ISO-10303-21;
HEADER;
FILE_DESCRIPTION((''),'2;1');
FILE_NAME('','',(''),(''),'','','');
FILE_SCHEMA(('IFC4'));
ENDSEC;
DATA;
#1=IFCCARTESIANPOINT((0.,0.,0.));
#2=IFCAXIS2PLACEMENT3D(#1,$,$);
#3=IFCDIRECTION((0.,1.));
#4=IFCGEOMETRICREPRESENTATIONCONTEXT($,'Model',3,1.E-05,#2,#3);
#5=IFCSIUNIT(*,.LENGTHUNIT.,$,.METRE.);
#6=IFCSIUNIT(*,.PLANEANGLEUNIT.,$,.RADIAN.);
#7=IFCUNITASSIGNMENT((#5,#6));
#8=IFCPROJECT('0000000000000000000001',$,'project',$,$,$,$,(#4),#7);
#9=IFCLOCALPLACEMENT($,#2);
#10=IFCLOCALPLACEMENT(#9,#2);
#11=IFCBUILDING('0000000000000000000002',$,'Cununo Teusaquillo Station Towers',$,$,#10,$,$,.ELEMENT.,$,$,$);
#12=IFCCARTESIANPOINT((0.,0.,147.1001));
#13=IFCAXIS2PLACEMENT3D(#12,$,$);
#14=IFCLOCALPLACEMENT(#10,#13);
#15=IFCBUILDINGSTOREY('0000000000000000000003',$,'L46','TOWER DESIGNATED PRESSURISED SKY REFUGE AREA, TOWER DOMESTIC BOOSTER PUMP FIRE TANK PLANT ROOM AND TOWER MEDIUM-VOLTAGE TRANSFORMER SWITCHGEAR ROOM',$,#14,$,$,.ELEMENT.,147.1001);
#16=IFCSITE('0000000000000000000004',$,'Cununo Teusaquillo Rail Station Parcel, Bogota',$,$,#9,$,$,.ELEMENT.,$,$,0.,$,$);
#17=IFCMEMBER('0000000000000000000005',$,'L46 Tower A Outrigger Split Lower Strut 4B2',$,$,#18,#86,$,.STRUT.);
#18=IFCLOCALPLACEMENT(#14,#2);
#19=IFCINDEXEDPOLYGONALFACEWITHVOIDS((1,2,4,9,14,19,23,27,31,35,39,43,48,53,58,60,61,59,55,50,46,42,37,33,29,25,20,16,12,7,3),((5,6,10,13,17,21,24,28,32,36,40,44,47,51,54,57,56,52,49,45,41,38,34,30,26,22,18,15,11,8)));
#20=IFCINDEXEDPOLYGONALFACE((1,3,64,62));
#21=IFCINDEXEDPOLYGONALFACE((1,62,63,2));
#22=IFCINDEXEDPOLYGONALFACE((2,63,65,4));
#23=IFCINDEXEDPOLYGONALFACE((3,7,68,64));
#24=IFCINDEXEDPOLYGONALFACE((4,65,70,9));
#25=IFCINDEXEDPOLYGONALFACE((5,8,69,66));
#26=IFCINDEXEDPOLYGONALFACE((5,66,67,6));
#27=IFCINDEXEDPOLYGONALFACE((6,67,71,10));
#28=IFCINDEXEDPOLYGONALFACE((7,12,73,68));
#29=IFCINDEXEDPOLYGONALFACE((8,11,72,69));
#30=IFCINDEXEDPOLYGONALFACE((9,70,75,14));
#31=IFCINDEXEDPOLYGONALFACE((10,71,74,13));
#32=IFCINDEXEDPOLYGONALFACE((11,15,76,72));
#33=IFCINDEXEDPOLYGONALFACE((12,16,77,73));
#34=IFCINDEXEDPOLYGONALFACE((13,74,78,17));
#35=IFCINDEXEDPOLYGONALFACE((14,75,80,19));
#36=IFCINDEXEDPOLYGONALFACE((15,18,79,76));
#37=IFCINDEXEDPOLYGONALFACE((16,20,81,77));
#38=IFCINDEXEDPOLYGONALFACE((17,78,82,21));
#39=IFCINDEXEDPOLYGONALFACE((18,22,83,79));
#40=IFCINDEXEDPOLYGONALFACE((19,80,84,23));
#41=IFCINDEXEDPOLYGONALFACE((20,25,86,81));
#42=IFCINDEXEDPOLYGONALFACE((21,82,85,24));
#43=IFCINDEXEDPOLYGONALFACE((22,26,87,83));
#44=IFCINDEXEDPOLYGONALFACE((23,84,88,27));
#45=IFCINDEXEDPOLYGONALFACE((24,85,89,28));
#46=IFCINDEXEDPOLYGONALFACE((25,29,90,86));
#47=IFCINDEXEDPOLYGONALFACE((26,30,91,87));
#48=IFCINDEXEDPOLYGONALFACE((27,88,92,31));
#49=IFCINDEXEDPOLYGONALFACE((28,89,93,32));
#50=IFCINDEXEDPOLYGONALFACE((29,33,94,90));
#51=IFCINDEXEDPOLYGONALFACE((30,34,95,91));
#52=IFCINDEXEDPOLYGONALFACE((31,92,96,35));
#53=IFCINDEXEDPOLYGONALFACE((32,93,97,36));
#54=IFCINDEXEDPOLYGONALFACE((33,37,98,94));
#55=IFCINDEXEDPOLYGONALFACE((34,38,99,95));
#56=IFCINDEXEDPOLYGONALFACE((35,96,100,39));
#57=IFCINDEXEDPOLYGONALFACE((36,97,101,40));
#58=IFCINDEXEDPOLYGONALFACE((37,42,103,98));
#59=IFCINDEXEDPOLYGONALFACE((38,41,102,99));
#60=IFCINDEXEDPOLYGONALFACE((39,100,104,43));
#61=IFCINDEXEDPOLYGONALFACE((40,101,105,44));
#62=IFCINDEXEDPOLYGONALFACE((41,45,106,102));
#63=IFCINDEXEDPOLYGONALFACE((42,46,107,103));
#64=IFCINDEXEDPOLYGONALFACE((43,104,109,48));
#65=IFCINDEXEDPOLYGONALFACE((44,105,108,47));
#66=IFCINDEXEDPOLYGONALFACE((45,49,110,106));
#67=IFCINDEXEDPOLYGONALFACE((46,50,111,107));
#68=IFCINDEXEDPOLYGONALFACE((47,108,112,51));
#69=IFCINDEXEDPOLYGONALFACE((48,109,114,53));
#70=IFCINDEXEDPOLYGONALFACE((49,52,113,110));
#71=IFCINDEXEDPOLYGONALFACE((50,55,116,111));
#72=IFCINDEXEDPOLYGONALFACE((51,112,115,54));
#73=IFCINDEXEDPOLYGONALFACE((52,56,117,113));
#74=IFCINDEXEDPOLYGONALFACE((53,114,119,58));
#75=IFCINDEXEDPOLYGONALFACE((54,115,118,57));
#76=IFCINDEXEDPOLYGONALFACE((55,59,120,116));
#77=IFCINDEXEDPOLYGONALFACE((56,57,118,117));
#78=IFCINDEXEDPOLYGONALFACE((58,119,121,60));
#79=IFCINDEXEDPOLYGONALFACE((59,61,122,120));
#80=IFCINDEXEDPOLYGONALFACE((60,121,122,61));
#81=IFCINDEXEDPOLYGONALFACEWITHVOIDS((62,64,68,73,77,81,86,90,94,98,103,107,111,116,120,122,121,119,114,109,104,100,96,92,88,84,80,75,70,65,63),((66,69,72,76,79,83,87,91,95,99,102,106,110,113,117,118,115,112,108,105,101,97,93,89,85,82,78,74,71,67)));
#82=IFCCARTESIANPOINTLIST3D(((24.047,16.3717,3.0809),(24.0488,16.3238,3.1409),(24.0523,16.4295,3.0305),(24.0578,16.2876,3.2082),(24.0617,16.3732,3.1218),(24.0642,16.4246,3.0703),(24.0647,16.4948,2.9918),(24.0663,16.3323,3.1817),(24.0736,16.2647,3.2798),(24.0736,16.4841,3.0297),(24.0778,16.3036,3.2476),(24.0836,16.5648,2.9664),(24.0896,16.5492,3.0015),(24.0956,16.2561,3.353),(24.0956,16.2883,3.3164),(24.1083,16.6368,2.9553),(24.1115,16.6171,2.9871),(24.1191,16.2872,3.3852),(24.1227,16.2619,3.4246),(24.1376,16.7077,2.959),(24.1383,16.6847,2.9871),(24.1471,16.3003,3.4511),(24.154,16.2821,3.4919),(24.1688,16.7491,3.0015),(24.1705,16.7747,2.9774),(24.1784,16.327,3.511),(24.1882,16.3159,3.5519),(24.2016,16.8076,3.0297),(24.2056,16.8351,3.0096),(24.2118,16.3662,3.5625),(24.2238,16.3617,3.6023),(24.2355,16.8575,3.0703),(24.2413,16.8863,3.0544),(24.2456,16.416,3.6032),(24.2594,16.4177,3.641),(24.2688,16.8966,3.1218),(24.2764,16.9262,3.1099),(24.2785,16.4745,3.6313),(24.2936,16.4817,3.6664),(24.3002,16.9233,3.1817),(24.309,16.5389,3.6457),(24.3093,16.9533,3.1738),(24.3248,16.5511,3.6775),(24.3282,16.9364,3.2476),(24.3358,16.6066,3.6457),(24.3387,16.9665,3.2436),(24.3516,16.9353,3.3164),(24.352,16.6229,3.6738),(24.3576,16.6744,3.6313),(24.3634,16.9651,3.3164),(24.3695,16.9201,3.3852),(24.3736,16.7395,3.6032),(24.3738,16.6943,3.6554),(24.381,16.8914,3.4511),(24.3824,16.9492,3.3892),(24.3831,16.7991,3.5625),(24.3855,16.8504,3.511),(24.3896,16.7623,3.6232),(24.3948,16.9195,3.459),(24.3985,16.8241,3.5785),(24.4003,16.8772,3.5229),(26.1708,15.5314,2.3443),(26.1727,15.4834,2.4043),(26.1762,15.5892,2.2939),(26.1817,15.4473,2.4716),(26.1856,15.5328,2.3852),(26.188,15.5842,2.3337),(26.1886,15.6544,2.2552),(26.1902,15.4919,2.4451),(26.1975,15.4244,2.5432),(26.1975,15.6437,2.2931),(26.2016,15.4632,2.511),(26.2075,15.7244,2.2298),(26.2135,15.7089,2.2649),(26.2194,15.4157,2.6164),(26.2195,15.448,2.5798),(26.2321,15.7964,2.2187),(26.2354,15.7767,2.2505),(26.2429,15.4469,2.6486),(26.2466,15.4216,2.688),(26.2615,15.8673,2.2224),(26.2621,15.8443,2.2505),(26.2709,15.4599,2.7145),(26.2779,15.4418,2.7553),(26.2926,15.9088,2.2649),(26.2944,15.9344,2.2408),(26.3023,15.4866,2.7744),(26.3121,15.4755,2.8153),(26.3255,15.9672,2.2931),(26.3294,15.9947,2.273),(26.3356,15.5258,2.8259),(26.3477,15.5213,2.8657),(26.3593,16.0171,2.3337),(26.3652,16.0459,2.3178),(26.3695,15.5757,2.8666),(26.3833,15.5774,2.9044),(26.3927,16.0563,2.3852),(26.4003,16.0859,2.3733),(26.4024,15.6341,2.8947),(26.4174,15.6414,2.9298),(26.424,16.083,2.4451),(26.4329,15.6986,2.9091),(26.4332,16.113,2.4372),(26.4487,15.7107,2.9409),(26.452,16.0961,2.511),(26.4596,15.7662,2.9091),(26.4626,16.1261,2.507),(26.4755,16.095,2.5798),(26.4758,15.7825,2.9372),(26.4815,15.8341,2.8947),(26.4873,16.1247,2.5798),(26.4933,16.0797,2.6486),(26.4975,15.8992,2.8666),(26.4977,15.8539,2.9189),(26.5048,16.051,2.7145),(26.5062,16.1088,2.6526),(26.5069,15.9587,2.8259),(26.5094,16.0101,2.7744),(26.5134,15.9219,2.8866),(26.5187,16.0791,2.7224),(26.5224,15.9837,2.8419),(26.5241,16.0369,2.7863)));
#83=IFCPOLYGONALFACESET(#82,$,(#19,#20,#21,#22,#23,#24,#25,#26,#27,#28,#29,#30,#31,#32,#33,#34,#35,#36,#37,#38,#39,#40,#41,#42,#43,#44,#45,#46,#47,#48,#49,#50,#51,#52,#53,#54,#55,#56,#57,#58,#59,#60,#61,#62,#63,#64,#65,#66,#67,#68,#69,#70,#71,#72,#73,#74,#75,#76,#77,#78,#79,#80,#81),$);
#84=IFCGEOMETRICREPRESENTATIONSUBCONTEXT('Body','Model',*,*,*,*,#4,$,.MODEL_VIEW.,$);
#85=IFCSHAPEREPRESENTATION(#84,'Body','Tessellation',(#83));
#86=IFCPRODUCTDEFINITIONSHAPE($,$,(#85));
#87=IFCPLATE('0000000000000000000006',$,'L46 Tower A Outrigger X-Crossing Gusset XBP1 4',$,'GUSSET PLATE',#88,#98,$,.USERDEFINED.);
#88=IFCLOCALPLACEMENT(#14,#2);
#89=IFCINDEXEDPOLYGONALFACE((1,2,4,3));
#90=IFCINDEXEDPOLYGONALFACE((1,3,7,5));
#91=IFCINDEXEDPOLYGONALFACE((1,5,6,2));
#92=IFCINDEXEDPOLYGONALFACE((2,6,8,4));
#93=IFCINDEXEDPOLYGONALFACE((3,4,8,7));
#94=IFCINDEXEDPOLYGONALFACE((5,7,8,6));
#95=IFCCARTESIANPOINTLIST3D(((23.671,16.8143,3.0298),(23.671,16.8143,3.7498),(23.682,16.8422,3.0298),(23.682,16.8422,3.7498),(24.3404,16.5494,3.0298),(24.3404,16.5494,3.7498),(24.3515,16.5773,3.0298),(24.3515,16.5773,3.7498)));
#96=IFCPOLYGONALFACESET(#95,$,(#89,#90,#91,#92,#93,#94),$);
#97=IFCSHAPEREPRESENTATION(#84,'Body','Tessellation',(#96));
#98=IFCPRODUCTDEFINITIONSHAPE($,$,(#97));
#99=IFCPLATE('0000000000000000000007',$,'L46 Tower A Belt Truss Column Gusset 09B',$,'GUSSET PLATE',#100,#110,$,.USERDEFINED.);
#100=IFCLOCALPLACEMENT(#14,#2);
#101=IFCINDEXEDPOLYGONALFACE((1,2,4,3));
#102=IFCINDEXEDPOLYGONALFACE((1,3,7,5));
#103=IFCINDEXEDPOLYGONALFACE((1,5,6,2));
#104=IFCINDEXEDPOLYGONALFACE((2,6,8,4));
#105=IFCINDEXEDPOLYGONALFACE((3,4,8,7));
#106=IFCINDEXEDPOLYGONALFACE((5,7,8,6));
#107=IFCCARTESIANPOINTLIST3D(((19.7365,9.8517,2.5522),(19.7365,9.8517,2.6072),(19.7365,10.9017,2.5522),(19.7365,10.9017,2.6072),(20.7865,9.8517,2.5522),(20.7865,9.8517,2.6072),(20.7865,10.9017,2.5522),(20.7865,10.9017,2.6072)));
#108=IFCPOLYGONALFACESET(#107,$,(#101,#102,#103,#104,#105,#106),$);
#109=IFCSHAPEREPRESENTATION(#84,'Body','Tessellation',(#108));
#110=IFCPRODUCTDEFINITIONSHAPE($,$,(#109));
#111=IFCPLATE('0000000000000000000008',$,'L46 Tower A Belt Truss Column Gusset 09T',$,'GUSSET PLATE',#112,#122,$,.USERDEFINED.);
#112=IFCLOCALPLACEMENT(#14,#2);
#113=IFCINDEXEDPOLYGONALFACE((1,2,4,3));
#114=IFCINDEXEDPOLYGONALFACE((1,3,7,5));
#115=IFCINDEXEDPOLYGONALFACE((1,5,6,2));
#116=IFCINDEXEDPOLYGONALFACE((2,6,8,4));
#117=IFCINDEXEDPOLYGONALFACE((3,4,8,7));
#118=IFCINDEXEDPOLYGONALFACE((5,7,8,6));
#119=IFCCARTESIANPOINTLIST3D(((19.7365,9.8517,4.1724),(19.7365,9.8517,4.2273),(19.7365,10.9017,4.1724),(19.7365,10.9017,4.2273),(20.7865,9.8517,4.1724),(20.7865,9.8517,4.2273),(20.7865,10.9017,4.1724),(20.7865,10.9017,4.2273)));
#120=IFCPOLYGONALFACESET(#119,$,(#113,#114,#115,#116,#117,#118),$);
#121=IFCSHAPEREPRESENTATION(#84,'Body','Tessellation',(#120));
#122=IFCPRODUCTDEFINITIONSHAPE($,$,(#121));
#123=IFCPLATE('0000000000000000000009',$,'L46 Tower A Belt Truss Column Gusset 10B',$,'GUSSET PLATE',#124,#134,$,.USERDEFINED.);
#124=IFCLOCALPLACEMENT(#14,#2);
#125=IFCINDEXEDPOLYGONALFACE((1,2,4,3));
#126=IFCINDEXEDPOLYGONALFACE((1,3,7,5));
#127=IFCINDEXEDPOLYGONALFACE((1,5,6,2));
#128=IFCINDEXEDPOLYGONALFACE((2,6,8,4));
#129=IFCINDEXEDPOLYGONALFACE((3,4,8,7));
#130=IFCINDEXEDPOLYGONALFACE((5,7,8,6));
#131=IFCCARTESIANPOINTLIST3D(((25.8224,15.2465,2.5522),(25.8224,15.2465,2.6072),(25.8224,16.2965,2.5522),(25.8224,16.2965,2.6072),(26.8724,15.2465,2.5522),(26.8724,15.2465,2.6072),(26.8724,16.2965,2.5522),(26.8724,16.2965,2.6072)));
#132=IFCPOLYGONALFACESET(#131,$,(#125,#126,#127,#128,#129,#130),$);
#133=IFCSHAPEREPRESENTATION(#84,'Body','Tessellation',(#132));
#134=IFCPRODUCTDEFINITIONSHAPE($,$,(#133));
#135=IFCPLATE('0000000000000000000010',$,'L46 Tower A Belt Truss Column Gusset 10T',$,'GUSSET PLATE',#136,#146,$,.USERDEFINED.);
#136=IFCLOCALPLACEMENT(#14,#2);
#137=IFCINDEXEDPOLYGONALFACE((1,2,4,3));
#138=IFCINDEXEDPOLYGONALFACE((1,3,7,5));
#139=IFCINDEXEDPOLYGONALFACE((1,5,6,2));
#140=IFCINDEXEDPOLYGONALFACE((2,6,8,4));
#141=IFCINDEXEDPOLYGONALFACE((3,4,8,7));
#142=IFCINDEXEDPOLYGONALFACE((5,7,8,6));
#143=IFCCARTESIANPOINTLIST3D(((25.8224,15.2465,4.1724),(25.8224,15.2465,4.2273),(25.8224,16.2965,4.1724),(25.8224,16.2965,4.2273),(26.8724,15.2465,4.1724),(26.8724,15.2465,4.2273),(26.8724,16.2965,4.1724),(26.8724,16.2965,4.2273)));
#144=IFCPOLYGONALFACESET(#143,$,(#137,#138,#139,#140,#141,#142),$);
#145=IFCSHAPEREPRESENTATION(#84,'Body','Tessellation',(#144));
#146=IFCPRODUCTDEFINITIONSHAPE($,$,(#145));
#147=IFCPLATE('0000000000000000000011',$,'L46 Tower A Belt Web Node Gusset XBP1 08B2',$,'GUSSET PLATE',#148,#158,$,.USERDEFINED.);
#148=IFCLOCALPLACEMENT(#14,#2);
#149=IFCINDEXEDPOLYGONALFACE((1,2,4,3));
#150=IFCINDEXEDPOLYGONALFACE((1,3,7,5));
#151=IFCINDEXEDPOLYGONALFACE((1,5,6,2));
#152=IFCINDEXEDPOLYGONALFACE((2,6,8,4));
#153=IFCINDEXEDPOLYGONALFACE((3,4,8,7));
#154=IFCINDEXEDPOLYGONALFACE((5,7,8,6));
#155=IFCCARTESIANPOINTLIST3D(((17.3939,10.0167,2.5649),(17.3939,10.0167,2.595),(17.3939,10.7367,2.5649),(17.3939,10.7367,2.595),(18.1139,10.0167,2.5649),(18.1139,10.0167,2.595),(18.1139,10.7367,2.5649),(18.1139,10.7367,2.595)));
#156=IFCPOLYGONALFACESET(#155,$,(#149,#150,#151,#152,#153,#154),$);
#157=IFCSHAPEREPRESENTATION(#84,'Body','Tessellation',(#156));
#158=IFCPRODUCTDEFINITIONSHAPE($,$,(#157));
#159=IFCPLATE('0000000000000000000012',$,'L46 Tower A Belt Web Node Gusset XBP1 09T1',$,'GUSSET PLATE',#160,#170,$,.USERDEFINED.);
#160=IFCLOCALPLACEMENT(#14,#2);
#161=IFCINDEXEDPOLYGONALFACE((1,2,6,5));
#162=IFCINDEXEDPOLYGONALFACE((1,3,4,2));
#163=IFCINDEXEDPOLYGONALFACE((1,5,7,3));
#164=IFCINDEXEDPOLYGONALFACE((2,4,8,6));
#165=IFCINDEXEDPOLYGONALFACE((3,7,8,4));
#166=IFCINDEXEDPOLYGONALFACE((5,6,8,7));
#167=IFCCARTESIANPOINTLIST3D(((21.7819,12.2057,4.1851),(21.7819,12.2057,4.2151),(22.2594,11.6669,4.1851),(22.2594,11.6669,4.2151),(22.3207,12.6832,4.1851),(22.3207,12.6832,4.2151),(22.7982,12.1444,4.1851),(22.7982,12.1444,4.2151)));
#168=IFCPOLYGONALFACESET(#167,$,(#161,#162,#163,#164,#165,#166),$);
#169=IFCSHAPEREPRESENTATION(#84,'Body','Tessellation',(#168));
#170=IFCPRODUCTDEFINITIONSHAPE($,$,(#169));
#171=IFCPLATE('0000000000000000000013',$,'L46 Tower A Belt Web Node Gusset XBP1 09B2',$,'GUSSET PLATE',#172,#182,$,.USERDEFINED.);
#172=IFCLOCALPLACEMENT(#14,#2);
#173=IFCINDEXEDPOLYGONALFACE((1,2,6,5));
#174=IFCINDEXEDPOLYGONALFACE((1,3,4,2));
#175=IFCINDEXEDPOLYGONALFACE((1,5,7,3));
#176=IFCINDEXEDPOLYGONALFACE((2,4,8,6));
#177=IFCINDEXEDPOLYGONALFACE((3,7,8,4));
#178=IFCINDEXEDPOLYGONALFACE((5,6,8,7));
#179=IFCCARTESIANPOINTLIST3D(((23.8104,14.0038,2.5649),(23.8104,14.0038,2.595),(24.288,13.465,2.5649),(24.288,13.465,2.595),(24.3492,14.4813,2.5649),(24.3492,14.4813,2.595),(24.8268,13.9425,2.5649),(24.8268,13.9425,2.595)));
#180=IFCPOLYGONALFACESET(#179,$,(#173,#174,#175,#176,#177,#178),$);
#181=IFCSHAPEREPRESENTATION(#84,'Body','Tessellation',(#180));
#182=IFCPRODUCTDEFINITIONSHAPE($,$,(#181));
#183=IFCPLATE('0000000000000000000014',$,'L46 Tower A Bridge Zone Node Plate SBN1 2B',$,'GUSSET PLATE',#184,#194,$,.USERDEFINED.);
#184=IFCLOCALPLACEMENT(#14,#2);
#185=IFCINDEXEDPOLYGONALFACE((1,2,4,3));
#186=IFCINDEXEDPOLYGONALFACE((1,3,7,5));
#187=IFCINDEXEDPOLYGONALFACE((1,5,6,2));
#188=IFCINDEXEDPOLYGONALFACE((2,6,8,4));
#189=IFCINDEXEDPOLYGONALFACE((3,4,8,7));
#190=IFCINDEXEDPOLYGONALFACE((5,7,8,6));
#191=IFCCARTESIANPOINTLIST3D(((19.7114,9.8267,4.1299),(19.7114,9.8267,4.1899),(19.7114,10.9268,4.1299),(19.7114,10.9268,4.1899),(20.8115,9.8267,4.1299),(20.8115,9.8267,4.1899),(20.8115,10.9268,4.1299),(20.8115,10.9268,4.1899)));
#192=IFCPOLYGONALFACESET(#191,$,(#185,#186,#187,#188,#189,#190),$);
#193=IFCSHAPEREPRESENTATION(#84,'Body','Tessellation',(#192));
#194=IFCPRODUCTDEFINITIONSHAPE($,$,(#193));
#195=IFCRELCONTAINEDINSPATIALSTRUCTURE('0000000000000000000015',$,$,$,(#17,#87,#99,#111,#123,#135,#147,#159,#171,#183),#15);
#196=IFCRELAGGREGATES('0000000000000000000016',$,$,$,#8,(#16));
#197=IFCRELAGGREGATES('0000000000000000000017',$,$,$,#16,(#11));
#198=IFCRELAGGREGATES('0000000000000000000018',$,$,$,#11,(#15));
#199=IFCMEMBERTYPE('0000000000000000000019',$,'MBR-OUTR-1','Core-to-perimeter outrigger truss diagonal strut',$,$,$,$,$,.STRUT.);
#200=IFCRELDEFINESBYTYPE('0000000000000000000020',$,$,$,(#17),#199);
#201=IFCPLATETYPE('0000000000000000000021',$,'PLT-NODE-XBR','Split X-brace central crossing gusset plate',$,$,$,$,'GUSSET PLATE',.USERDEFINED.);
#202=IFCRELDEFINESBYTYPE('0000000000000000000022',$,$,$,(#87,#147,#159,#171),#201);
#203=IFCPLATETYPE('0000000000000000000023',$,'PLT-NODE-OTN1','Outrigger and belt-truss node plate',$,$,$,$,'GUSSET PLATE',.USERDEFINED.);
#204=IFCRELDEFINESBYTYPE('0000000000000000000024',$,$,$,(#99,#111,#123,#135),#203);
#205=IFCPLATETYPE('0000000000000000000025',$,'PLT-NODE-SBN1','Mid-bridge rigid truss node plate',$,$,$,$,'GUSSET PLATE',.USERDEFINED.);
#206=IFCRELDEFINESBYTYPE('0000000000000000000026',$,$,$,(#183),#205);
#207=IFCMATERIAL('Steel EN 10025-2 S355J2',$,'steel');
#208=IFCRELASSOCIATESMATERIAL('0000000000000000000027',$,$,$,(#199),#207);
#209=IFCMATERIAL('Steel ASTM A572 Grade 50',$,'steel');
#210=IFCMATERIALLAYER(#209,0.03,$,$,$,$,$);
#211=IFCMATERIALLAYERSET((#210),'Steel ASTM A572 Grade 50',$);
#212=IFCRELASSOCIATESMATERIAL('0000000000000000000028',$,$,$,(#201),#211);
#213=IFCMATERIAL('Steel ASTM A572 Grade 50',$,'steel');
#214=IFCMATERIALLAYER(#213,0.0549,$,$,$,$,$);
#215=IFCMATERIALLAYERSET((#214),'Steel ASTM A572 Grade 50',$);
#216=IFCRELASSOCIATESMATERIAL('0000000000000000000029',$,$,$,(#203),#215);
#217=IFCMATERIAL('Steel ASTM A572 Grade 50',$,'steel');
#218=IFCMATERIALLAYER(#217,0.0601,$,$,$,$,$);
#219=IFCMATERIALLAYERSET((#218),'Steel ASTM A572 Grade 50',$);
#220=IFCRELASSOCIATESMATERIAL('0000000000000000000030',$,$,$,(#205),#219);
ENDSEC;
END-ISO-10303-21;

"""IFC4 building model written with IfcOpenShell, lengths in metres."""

from ifc_helpers import new_model, si_unit, direction, frame, origin, origin_2d, place, context, subcontext, project, spatial, rectangle, hollow_circle, extrude, source, transform, mapped, material, layer, layer_set, material_profile, profile_set, type_object, element, save


model = new_model("IFC4")

# Units and contexts
model_context = context("Model", 3, precision=1e-05, world=origin(), true_north=direction((0.0, 1.0)))
body_context = subcontext(model_context, "Body", "Model", "MODEL_VIEW")
ifc_project = project(units=[si_unit("LENGTHUNIT", "METRE"), si_unit("PLANEANGLEUNIT", "RADIAN")], contexts=[model_context])

# Site, building, storey
site_placement = place(None, origin())
site = spatial("IfcSite", under=ifc_project, at=site_placement, Name="Cununo Teusaquillo Rail Station Parcel, Bogota", CompositionType="ELEMENT", RefElevation=0.0)
building_placement = place(site_placement, origin())
building = spatial("IfcBuilding", under=site, at=building_placement, Name="Cununo Teusaquillo Station Towers", CompositionType="ELEMENT")
storey_placement = place(building_placement, frame((0.0, 0.0, 147.1001)))
storey = spatial("IfcBuildingStorey", under=building, at=storey_placement, Name="L46", Description="TOWER DESIGNATED PRESSURISED SKY REFUGE AREA, TOWER DOMESTIC BOOSTER PUMP FIRE TANK PLANT ROOM AND TOWER MEDIUM-VOLTAGE TRANSFORMER SWITCHGEAR ROOM", CompositionType="ELEMENT", Elevation=147.1001)

# Member
ifc_material_1 = material(Name="Steel EN 10025-2 S355J2", Category="steel")
ifc_material_profile_1 = material_profile(ifc_material_1, hollow_circle(Radius=0.3799, WallThickness=0.032, at=origin_2d()), Name="CHS 760x32")
ifc_profile_set_1 = profile_set([ifc_material_profile_1], Name="Steel EN 10025-2 S355J2")
member_type_1 = type_object("IfcMemberType", Name="MBR-OUTR-1", Description="Core-to-perimeter outrigger truss diagonal strut", PredefinedType="STRUT", material=ifc_profile_set_1)
member_1_placement = place(storey_placement, frame((24.2236, 16.6118, 3.3164), z_axis=(0.884974, -0.350165, -0.306928), x_axis=(0.367923, 0.929856, 0.0)))
element("IfcMember", 1, at=member_1_placement, inside=storey, type_object=member_type_1, Name="L46 Tower A Outrigger Split Lower Strut 4B2", PredefinedType="STRUT", context=body_context, shape_type="SweptSolid", body=[
    extrude(hollow_circle(Radius=0.3799, WallThickness=0.032, at=origin_2d()), origin(), (0.0, 0.0, 1.0), 2.3999),
])

# Plates
ifc_material_2 = material(Name="Steel ASTM A572 Grade 50", Category="steel")
ifc_layer_1 = layer(ifc_material_2, 0.03)
ifc_layer_set_1 = layer_set([ifc_layer_1], Name="Steel ASTM A572 Grade 50")
plate_type_1 = type_object("IfcPlateType", Name="PLT-NODE-XBR", Description="Split X-brace central crossing gusset plate", ElementType="GUSSET PLATE", PredefinedType="USERDEFINED", material=ifc_layer_set_1)
shared_shape_1 = source(origin(), body_context, "Body", "SweptSolid", [
    extrude(rectangle(XDim=0.72, YDim=0.03, at=origin_2d()), origin(), (0.0, 0.0, 1.0), 0.72),
])
plate_1_placement = place(storey_placement, frame((24.0112, 16.6958, 3.0298), z_axis=(0.0, 0.0, 1.0), x_axis=(0.929841, -0.367962, 0.0)))
element("IfcPlate", 2, at=plate_1_placement, inside=storey, type_object=plate_type_1, Name="L46 Tower A Outrigger X-Crossing Gusset XBP1 4", ObjectType="GUSSET PLATE", PredefinedType="USERDEFINED", context=body_context, shape_type="MappedRepresentation", body=[
    mapped(shared_shape_1, transform((0.0, 0.0, 0.0), x_axis=(1.0, 0.0, 0.0), y_axis=(0.0, 1.0, 0.0), z_axis=(0.0, 0.0, 1.0), scale=1.0)),
])
ifc_material_3 = material(Name="Steel ASTM A572 Grade 50", Category="steel")
ifc_layer_2 = layer(ifc_material_3, 0.0549)
ifc_layer_set_2 = layer_set([ifc_layer_2], Name="Steel ASTM A572 Grade 50")
plate_type_2 = type_object("IfcPlateType", Name="PLT-NODE-OTN1", Description="Outrigger and belt-truss node plate", ElementType="GUSSET PLATE", PredefinedType="USERDEFINED", material=ifc_layer_set_2)
shared_shape_2 = source(origin(), body_context, "Body", "SweptSolid", [
    extrude(rectangle(XDim=1.05, YDim=1.05, at=origin_2d()), origin(), (0.0, 0.0, 1.0), 0.0549),
])
for number, where, z_axis, x_axis, name in (
    (3, (20.2615, 10.3767, 2.5522), (0.0, 0.0, 1.0), (1.0, 0.0, 0.0), "L46 Tower A Belt Truss Column Gusset 09B"),
    (4, (20.2615, 10.3767, 4.1724), (0.0, 0.0, 1.0), (1.0, 0.0, 0.0), "L46 Tower A Belt Truss Column Gusset 09T"),
    (5, (26.3474, 15.7715, 2.5522), (0.0, 0.0, 1.0), (1.0, 0.0, 0.0), "L46 Tower A Belt Truss Column Gusset 10B"),
    (6, (26.3474, 15.7715, 4.1724), (0.0, 0.0, 1.0), (1.0, 0.0, 0.0), "L46 Tower A Belt Truss Column Gusset 10T"),
):
    element("IfcPlate", number, at=place(storey_placement, frame(where, z_axis=z_axis, x_axis=x_axis)), inside=storey, type_object=plate_type_2, Name=name, ObjectType="GUSSET PLATE", PredefinedType="USERDEFINED", context=body_context, shape_type="MappedRepresentation", body=[
        mapped(shared_shape_2, transform((0.0, 0.0, 0.0), x_axis=(1.0, 0.0, 0.0), y_axis=(0.0, 1.0, 0.0), z_axis=(0.0, 0.0, 1.0), scale=1.0)),
    ])
shared_shape_3 = source(origin(), body_context, "Body", "SweptSolid", [
    extrude(rectangle(XDim=0.72, YDim=0.72, at=origin_2d()), origin(), (0.0, 0.0, 1.0), 0.03),
])
for number, where, z_axis, x_axis, name in (
    (7, (17.7539, 10.3767, 2.5649), (0.0, 0.0, 1.0), (1.0, 0.0, 0.0), "L46 Tower A Belt Web Node Gusset XBP1 08B2"),
    (8, (22.29, 12.175, 4.1851), (0.0, 0.0, 1.0), (0.748377, 0.663273, 0.0), "L46 Tower A Belt Web Node Gusset XBP1 09T1"),
    (9, (24.3186, 13.9731, 2.5649), (0.0, 0.0, 1.0), (0.748377, 0.663273, 0.0), "L46 Tower A Belt Web Node Gusset XBP1 09B2"),
):
    element("IfcPlate", number, at=place(storey_placement, frame(where, z_axis=z_axis, x_axis=x_axis)), inside=storey, type_object=plate_type_1, Name=name, ObjectType="GUSSET PLATE", PredefinedType="USERDEFINED", context=body_context, shape_type="MappedRepresentation", body=[
        mapped(shared_shape_3, transform((0.0, 0.0, 0.0), x_axis=(1.0, 0.0, 0.0), y_axis=(0.0, 1.0, 0.0), z_axis=(0.0, 0.0, 1.0), scale=1.0)),
    ])
ifc_material_4 = material(Name="Steel ASTM A572 Grade 50", Category="steel")
ifc_layer_3 = layer(ifc_material_4, 0.0601)
ifc_layer_set_3 = layer_set([ifc_layer_3], Name="Steel ASTM A572 Grade 50")
plate_type_3 = type_object("IfcPlateType", Name="PLT-NODE-SBN1", Description="Mid-bridge rigid truss node plate", ElementType="GUSSET PLATE", PredefinedType="USERDEFINED", material=ifc_layer_set_3)
shared_shape_4 = source(origin(), body_context, "Body", "SweptSolid", [
    extrude(rectangle(XDim=1.1001, YDim=1.1001, at=origin_2d()), origin(), (0.0, 0.0, 1.0), 0.0601),
])
plate_2_placement = place(storey_placement, frame((20.2615, 10.3767, 4.1299), z_axis=(0.0, 0.0, 1.0), x_axis=(1.0, 0.0, 0.0)))
element("IfcPlate", 10, at=plate_2_placement, inside=storey, type_object=plate_type_3, Name="L46 Tower A Bridge Zone Node Plate SBN1 2B", ObjectType="GUSSET PLATE", PredefinedType="USERDEFINED", context=body_context, shape_type="MappedRepresentation", body=[
    mapped(shared_shape_4, transform((0.0, 0.0, 0.0), x_axis=(1.0, 0.0, 0.0), y_axis=(0.0, 1.0, 0.0), z_axis=(0.0, 0.0, 1.0), scale=1.0)),
])

save(model, "model.ifc")
